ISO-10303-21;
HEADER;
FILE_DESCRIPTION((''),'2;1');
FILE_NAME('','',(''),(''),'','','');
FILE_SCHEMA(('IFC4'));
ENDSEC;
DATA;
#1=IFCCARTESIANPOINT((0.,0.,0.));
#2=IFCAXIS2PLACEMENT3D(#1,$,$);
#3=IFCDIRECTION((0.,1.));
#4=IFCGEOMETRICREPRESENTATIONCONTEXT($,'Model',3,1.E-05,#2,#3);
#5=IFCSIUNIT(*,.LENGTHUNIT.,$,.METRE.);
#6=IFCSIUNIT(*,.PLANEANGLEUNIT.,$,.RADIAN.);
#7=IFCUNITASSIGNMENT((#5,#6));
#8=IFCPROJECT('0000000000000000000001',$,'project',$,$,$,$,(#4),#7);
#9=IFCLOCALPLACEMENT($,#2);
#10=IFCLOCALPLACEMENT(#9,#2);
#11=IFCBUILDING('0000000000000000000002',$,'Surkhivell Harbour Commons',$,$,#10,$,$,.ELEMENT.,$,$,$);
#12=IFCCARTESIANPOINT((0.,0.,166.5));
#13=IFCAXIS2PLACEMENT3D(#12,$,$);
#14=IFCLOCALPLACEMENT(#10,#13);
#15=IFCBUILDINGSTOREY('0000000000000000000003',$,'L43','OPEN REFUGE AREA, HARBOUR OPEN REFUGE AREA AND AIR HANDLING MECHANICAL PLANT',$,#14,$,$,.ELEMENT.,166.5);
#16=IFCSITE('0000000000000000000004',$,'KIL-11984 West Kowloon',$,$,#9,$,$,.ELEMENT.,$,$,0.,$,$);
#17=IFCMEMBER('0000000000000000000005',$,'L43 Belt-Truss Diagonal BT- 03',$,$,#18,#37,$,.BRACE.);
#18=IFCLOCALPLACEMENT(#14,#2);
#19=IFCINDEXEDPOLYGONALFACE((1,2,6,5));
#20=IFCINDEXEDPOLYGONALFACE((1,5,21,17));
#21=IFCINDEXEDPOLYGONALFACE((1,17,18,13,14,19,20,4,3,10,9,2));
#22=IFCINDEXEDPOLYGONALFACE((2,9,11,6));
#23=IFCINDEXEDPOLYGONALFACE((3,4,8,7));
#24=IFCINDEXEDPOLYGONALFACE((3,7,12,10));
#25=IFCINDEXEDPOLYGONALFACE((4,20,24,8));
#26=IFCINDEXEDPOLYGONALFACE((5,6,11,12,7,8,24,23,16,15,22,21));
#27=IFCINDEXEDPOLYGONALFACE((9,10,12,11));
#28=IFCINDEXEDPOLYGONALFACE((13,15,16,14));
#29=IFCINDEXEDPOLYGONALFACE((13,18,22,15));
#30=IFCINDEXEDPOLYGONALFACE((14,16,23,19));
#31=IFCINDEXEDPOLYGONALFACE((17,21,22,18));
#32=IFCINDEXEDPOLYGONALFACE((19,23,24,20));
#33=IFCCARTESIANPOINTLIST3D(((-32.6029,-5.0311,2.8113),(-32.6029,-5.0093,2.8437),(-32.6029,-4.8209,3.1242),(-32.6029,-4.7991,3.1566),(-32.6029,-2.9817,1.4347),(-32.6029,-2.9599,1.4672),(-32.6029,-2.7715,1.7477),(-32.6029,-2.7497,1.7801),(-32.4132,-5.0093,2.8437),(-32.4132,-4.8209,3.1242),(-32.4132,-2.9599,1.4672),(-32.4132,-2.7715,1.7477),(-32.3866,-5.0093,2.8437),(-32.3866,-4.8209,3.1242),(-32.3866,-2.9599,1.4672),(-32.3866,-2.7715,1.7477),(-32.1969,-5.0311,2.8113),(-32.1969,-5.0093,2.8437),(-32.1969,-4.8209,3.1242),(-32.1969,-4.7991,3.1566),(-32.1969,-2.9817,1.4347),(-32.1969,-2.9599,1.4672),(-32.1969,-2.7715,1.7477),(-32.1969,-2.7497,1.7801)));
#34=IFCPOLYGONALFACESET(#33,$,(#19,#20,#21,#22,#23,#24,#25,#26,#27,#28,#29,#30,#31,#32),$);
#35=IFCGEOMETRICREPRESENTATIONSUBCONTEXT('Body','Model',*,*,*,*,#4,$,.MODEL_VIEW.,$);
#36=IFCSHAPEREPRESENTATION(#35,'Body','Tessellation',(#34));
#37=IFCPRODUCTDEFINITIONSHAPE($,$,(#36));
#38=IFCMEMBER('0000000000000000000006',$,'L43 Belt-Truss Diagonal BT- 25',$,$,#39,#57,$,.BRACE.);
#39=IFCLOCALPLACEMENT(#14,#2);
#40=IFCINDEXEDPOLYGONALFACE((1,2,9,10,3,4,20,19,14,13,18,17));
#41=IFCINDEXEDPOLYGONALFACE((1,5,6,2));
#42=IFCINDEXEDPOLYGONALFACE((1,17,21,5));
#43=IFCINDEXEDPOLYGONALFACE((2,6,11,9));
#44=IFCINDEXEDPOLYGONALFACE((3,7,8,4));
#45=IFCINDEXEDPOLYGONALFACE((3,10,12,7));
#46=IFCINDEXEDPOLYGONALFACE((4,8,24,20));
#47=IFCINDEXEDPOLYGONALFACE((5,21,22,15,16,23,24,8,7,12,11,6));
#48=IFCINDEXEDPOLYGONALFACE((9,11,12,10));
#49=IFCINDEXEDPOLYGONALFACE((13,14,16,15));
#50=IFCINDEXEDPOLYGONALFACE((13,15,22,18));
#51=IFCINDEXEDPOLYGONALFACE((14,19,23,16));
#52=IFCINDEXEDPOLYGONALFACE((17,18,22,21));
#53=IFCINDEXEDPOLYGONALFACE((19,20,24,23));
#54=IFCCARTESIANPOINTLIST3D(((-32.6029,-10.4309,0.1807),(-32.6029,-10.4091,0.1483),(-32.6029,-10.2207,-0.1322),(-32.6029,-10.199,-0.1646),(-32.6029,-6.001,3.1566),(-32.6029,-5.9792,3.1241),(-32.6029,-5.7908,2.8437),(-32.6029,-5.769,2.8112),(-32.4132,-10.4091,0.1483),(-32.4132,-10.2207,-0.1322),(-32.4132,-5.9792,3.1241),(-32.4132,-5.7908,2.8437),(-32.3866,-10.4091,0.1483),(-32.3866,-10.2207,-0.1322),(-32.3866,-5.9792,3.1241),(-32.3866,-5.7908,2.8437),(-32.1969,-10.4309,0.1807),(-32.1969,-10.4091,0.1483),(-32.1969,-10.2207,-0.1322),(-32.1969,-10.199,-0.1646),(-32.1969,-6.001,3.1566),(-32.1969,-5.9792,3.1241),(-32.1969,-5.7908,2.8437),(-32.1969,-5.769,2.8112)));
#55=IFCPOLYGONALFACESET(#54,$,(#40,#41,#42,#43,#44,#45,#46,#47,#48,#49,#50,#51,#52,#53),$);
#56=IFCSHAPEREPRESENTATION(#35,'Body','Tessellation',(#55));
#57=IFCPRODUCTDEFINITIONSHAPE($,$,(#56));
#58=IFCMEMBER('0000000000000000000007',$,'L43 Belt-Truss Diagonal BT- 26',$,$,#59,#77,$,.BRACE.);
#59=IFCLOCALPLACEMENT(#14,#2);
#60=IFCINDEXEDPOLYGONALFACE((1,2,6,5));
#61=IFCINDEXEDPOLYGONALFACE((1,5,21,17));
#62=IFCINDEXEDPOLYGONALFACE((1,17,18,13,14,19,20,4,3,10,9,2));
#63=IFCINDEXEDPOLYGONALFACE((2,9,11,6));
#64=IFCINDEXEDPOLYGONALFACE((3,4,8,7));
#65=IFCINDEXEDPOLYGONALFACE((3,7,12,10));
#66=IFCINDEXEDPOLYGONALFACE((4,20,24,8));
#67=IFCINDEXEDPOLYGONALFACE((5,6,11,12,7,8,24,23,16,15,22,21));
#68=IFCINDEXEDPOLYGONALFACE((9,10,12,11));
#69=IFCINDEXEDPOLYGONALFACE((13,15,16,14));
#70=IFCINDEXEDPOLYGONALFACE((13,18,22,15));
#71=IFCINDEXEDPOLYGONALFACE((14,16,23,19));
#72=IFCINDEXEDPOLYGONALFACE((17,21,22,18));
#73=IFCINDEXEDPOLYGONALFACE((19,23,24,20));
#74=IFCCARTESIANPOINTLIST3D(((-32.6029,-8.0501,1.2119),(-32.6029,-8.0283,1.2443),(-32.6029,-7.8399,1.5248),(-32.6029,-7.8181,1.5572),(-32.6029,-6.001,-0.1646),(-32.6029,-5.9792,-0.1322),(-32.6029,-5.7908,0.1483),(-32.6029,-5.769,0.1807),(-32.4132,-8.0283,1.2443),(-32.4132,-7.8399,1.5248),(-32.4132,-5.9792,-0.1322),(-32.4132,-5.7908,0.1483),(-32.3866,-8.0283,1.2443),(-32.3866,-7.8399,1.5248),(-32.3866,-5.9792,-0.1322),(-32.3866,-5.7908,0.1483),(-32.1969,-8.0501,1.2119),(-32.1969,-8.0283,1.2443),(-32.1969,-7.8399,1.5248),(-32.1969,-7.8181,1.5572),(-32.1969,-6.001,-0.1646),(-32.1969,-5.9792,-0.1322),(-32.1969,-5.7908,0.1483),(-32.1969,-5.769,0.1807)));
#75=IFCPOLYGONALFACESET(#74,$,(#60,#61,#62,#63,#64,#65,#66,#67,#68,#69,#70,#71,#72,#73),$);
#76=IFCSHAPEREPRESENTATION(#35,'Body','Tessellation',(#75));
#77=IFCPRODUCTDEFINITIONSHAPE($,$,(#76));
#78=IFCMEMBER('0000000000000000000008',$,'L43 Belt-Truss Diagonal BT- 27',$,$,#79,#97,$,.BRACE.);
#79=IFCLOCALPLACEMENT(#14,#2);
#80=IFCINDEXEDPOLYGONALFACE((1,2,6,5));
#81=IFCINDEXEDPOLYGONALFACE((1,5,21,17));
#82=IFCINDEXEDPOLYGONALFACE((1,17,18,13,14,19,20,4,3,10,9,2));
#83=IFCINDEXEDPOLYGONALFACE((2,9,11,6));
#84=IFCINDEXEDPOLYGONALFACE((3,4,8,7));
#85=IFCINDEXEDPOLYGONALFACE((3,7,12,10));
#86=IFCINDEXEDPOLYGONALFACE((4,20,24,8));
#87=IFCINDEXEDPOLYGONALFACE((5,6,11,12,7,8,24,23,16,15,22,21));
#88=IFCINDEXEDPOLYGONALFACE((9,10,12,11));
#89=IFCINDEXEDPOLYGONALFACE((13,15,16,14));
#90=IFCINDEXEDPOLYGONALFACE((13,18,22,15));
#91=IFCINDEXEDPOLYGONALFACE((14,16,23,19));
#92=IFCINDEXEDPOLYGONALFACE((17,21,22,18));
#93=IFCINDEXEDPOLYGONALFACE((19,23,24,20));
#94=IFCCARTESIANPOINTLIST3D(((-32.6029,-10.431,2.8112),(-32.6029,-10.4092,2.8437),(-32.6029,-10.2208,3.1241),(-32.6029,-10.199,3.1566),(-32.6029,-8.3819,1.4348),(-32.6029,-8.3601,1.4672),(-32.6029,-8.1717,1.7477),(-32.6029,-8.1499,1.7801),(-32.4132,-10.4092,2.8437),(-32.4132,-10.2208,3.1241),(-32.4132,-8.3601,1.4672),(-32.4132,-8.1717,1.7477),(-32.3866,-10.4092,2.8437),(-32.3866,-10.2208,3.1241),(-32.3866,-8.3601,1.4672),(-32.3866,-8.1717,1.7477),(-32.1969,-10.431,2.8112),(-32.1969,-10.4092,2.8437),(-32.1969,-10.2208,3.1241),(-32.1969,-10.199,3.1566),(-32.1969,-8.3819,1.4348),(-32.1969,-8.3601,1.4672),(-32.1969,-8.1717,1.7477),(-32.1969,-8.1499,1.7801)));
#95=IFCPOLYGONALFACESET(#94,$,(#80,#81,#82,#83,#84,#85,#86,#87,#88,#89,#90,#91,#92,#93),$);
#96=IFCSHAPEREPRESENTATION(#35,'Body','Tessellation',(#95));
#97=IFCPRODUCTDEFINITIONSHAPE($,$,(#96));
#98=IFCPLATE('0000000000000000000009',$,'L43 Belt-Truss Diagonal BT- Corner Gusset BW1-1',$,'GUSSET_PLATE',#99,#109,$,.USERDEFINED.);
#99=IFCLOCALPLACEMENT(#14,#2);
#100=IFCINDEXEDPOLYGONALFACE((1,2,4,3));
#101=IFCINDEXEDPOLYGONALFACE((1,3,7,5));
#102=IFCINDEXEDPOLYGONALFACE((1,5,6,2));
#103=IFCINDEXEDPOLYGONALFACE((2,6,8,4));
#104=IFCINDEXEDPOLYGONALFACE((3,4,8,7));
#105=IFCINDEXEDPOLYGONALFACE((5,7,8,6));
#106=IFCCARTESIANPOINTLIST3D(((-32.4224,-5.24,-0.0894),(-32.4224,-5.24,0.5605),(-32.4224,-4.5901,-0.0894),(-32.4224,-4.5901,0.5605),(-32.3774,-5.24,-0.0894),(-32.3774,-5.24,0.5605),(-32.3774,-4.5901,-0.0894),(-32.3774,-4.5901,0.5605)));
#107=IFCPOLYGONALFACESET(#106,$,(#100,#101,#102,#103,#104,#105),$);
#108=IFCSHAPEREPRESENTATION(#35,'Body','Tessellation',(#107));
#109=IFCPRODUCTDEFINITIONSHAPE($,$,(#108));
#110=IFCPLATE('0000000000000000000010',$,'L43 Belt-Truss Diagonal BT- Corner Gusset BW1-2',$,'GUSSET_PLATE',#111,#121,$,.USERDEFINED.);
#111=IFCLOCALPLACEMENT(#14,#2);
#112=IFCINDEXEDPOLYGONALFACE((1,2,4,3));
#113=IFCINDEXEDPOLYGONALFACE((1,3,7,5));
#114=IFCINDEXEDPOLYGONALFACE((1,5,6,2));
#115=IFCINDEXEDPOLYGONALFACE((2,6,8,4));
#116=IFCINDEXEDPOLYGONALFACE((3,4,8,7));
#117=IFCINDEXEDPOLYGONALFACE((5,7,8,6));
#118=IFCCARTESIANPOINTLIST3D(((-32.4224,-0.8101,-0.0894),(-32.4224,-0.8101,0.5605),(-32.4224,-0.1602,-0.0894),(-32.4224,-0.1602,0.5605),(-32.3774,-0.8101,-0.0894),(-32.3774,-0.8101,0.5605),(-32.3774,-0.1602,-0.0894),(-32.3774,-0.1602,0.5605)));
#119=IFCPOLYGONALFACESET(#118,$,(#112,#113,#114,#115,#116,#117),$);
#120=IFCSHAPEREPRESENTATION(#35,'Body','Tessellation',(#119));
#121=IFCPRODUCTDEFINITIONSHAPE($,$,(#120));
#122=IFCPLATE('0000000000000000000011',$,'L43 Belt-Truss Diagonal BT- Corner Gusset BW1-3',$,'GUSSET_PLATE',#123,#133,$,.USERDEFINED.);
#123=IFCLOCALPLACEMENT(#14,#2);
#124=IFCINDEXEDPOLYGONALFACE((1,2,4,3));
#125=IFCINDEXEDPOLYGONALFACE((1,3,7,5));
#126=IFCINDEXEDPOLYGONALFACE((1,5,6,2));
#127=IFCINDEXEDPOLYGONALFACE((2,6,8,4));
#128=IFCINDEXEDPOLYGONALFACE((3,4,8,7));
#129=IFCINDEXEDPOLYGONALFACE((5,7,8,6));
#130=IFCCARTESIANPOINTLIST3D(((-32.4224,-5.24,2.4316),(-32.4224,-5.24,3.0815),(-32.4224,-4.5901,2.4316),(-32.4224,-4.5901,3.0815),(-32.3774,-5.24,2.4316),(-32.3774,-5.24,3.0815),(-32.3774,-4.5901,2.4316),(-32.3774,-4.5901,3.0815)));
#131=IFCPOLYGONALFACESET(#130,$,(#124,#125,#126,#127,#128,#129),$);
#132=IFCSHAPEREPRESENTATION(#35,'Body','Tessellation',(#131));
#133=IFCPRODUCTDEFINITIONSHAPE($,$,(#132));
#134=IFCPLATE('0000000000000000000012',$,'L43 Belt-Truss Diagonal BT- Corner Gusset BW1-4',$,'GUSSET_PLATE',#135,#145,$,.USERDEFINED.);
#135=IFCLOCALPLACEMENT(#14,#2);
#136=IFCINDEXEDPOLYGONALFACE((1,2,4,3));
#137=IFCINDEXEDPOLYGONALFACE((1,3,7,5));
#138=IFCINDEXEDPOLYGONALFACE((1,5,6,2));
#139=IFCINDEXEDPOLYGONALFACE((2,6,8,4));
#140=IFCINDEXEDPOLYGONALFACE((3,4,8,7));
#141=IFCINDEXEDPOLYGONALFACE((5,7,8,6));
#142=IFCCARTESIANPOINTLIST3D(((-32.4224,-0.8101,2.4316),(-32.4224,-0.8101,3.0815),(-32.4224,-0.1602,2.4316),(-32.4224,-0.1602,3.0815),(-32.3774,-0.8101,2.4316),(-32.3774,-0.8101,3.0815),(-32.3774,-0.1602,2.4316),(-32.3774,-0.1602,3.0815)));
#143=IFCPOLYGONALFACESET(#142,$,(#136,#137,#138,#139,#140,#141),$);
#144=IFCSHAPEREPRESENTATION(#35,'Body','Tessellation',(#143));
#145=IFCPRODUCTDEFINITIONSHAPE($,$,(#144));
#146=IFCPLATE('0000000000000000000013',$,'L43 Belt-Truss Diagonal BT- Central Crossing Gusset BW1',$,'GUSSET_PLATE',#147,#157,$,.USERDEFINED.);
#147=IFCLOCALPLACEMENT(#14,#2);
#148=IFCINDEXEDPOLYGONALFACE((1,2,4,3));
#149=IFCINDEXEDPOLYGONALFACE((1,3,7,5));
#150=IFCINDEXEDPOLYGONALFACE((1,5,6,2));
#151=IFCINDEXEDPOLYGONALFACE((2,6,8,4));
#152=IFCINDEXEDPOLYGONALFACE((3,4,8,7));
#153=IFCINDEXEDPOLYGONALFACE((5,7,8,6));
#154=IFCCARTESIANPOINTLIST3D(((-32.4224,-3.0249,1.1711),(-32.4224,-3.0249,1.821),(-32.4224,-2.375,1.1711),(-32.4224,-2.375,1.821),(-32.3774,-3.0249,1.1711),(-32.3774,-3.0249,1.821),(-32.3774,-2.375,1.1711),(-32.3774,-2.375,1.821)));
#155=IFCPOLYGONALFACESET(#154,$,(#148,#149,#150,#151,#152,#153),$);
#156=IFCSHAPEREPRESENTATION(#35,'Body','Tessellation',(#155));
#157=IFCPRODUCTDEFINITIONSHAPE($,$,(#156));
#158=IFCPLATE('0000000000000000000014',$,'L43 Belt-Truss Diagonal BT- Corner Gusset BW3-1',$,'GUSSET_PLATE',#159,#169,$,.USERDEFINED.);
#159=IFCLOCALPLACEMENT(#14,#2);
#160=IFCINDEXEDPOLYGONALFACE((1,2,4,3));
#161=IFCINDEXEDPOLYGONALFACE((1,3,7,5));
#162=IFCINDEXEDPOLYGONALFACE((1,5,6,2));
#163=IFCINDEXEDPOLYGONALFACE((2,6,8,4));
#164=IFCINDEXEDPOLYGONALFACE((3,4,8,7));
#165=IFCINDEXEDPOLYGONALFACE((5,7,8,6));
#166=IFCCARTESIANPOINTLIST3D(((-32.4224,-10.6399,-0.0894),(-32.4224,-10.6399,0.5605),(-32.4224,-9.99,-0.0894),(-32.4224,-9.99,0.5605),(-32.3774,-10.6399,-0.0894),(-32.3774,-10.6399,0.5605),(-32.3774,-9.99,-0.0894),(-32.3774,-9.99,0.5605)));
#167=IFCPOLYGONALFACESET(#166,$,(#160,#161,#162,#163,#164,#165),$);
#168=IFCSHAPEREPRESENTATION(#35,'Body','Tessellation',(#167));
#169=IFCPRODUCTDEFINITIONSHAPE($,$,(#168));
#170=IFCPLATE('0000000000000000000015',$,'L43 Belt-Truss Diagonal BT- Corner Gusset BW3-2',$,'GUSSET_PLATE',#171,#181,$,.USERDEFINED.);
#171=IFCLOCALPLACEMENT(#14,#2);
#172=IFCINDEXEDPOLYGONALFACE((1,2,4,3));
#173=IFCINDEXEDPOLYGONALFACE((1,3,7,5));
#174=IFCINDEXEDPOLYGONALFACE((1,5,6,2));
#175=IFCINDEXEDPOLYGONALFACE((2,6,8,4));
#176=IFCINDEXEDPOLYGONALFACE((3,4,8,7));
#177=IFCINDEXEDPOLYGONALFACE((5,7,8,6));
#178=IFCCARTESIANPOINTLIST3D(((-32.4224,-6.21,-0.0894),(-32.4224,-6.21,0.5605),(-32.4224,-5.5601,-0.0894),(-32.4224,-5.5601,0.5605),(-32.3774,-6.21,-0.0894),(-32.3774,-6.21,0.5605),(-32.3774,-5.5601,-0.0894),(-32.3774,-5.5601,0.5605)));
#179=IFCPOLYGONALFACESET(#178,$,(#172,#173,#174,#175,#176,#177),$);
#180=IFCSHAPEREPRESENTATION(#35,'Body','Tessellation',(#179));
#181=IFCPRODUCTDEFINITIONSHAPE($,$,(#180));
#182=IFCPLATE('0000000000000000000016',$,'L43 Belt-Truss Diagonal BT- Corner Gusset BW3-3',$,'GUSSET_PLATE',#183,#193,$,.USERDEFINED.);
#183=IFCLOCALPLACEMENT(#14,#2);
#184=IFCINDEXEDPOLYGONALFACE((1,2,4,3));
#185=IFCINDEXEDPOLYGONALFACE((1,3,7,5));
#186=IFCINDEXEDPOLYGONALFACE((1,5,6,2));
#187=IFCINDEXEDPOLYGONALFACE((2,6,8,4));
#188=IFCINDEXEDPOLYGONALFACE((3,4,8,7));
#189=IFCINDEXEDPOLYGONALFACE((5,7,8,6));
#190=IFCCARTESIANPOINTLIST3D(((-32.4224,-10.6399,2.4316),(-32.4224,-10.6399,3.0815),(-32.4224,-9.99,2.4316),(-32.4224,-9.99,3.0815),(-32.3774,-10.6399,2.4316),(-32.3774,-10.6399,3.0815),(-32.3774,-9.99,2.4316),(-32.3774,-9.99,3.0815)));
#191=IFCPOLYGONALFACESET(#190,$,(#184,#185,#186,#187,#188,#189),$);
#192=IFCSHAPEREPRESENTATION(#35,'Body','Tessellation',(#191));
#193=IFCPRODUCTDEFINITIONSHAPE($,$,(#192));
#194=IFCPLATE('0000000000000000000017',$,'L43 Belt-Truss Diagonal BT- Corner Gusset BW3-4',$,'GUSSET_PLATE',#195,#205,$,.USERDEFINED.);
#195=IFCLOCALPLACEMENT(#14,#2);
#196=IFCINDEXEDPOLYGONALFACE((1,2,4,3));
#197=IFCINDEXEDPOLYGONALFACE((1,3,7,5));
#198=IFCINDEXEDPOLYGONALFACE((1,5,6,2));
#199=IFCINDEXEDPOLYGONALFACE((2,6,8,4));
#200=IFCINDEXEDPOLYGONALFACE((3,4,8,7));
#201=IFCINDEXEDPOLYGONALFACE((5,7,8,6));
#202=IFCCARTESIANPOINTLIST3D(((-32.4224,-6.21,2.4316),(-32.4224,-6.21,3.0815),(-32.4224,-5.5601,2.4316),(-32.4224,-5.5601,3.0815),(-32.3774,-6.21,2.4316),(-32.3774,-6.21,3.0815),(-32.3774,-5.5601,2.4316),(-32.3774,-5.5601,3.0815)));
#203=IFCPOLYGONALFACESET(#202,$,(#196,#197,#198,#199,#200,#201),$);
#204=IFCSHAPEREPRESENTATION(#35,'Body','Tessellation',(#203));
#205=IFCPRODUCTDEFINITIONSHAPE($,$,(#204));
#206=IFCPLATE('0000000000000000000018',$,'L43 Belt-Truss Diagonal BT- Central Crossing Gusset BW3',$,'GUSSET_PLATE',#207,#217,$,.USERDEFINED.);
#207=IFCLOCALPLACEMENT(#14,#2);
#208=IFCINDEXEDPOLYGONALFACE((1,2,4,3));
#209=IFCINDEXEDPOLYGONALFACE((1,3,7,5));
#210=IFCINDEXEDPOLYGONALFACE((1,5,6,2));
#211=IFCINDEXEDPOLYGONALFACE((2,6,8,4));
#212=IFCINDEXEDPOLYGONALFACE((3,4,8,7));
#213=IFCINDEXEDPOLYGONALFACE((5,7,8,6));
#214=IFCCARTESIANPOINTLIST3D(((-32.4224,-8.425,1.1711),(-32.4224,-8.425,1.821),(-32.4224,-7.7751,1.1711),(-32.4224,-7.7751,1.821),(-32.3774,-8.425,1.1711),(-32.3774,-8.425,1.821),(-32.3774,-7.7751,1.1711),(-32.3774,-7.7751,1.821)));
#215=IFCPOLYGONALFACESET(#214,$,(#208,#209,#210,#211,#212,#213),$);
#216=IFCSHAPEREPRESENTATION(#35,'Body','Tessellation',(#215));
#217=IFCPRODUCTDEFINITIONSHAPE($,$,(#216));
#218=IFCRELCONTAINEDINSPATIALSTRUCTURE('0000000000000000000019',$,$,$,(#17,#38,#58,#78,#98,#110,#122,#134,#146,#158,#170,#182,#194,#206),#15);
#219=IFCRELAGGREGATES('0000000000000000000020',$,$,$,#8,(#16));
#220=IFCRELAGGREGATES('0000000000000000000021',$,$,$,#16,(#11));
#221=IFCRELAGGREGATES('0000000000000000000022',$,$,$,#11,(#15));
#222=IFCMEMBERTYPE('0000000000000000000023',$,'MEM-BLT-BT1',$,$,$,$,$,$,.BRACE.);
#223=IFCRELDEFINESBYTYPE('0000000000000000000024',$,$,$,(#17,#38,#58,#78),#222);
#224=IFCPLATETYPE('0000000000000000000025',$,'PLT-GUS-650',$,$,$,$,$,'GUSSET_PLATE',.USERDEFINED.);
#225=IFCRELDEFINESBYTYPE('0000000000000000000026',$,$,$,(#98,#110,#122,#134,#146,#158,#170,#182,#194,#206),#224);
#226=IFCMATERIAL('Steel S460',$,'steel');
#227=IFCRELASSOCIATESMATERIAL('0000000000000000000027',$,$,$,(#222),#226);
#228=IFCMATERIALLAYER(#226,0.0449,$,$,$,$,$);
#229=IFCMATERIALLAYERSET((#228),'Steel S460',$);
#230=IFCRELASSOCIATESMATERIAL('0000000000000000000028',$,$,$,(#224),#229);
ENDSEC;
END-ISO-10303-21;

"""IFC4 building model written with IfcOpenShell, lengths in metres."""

from ifc_helpers import new_model, si_unit, direction, frame, origin, origin_2d, place, context, subcontext, project, spatial, rectangle, i_section, extrude, material, layer, layer_set, material_profile, profile_set, type_object, element, save


model = new_model("IFC4")

# Units and contexts
model_context = context("Model", 3, precision=1e-05, world=origin(), true_north=direction((0.0, 1.0)))
body_context = subcontext(model_context, "Body", "Model", "MODEL_VIEW")
ifc_project = project(units=[si_unit("LENGTHUNIT", "METRE"), si_unit("PLANEANGLEUNIT", "RADIAN")], contexts=[model_context])

# Site, building, storey
site_placement = place(None, origin())
site = spatial("IfcSite", under=ifc_project, at=site_placement, Name="KIL-11984 West Kowloon", CompositionType="ELEMENT", RefElevation=0.0)
building_placement = place(site_placement, origin())
building = spatial("IfcBuilding", under=site, at=building_placement, Name="Surkhivell Harbour Commons", CompositionType="ELEMENT")
storey_placement = place(building_placement, frame((0.0, 0.0, 166.5)))
storey = spatial("IfcBuildingStorey", under=building, at=storey_placement, Name="L43", Description="OPEN REFUGE AREA, HARBOUR OPEN REFUGE AREA AND AIR HANDLING MECHANICAL PLANT", CompositionType="ELEMENT", Elevation=166.5)

# Shared definitions
ifc_material_1 = material(Name="Steel S460", Category="steel")

# Members
ifc_material_profile_1 = material_profile(ifc_material_1, i_section(OverallWidth=0.406, OverallDepth=0.416, WebThickness=0.0266, FlangeThickness=0.0391, at=origin_2d()), Name="HD400x382")
ifc_profile_set_1 = profile_set([ifc_material_profile_1], Name="Steel S460")
member_type = type_object("IfcMemberType", Name="MEM-BLT-BT1", PredefinedType="BRACE", material=ifc_profile_set_1)
member_1_placement = place(storey_placement, frame((-32.3999, -2.8657, 1.6074), z_axis=(0.0, -0.830128, 0.557572), x_axis=(1.0, 0.0, 0.0)))
element("IfcMember", 1, at=member_1_placement, inside=storey, type_object=member_type, Name="L43 Belt-Truss Diagonal BT- 03", PredefinedType="BRACE", context=body_context, shape_type="SweptSolid", body=[
    extrude(i_section(OverallWidth=0.406, OverallDepth=0.416, WebThickness=0.0266, FlangeThickness=0.0391, at=origin_2d()), origin(), (0.0, 0.0, 1.0), 2.4688),
])
member_2_placement = place(storey_placement, frame((-32.3999, -10.3149, 0.0081), z_axis=(0.0, 0.830096, 0.557621), x_axis=(-1.0, 0.0, 0.0)))
element("IfcMember", 2, at=member_2_placement, inside=storey, type_object=member_type, Name="L43 Belt-Truss Diagonal BT- 25", PredefinedType="BRACE", context=body_context, shape_type="SweptSolid", body=[
    extrude(i_section(OverallWidth=0.406, OverallDepth=0.416, WebThickness=0.0266, FlangeThickness=0.0391, at=origin_2d()), origin(), (0.0, 0.0, 1.0), 5.3367),
])
for number, where, z_axis, x_axis, name in (
    (3, (-32.3999, -5.885, 0.0081), (0.0, -0.830098, 0.557618), (1.0, 0.0, 0.0), "L43 Belt-Truss Diagonal BT- 26"),
    (4, (-32.3999, -8.2659, 1.6074), (0.0, -0.830098, 0.557618), (1.0, 0.0, 0.0), "L43 Belt-Truss Diagonal BT- 27"),
):
    element("IfcMember", number, at=place(storey_placement, frame(where, z_axis=z_axis, x_axis=x_axis)), inside=storey, type_object=member_type, Name=name, PredefinedType="BRACE", context=body_context, shape_type="SweptSolid", body=[
        extrude(i_section(OverallWidth=0.406, OverallDepth=0.416, WebThickness=0.0266, FlangeThickness=0.0391, at=origin_2d()), origin(), (0.0, 0.0, 1.0), 2.4685),
    ])

# Plates
ifc_layer = layer(ifc_material_1, 0.0449)
ifc_layer_set = layer_set([ifc_layer], Name="Steel S460")
plate_type = type_object("IfcPlateType", Name="PLT-GUS-650", ElementType="GUSSET_PLATE", PredefinedType="USERDEFINED", material=ifc_layer_set)
for number, where, z_axis, x_axis, name in (
    (5, (-32.3999, -4.915, -0.0894), (0.0, 0.0, 1.0), (0.0, 1.0, 0.0), "L43 Belt-Truss Diagonal BT- Corner Gusset BW1-1"),
    (6, (-32.3999, -0.4851, -0.0894), (0.0, 0.0, 1.0), (0.0, 1.0, 0.0), "L43 Belt-Truss Diagonal BT- Corner Gusset BW1-2"),
    (7, (-32.3999, -4.915, 2.4316), (0.0, 0.0, 1.0), (0.0, 1.0, 0.0), "L43 Belt-Truss Diagonal BT- Corner Gusset BW1-3"),
    (8, (-32.3999, -0.4851, 2.4316), (0.0, 0.0, 1.0), (0.0, 1.0, 0.0), "L43 Belt-Truss Diagonal BT- Corner Gusset BW1-4"),
    (9, (-32.3999, -2.7, 1.1711), (0.0, 0.0, 1.0), (0.0, 1.0, 0.0), "L43 Belt-Truss Diagonal BT- Central Crossing Gusset BW1"),
    (10, (-32.3999, -10.3149, -0.0894), (0.0, 0.0, 1.0), (0.0, 1.0, 0.0), "L43 Belt-Truss Diagonal BT- Corner Gusset BW3-1"),
    (11, (-32.3999, -5.885, -0.0894), (0.0, 0.0, 1.0), (0.0, 1.0, 0.0), "L43 Belt-Truss Diagonal BT- Corner Gusset BW3-2"),
    (12, (-32.3999, -10.3149, 2.4316), (0.0, 0.0, 1.0), (0.0, 1.0, 0.0), "L43 Belt-Truss Diagonal BT- Corner Gusset BW3-3"),
    (13, (-32.3999, -5.885, 2.4316), (0.0, 0.0, 1.0), (0.0, 1.0, 0.0), "L43 Belt-Truss Diagonal BT- Corner Gusset BW3-4"),
    (14, (-32.3999, -8.1001, 1.1711), (0.0, 0.0, 1.0), (0.0, 1.0, 0.0), "L43 Belt-Truss Diagonal BT- Central Crossing Gusset BW3"),
):
    element("IfcPlate", number, at=place(storey_placement, frame(where, z_axis=z_axis, x_axis=x_axis)), inside=storey, type_object=plate_type, Name=name, ObjectType="GUSSET_PLATE", PredefinedType="USERDEFINED", context=body_context, shape_type="SweptSolid", body=[
        extrude(rectangle(XDim=0.6499, YDim=0.0449, at=origin_2d()), origin(), (0.0, 0.0, 1.0), 0.6499),
    ])

save(model, "model.ifc")
